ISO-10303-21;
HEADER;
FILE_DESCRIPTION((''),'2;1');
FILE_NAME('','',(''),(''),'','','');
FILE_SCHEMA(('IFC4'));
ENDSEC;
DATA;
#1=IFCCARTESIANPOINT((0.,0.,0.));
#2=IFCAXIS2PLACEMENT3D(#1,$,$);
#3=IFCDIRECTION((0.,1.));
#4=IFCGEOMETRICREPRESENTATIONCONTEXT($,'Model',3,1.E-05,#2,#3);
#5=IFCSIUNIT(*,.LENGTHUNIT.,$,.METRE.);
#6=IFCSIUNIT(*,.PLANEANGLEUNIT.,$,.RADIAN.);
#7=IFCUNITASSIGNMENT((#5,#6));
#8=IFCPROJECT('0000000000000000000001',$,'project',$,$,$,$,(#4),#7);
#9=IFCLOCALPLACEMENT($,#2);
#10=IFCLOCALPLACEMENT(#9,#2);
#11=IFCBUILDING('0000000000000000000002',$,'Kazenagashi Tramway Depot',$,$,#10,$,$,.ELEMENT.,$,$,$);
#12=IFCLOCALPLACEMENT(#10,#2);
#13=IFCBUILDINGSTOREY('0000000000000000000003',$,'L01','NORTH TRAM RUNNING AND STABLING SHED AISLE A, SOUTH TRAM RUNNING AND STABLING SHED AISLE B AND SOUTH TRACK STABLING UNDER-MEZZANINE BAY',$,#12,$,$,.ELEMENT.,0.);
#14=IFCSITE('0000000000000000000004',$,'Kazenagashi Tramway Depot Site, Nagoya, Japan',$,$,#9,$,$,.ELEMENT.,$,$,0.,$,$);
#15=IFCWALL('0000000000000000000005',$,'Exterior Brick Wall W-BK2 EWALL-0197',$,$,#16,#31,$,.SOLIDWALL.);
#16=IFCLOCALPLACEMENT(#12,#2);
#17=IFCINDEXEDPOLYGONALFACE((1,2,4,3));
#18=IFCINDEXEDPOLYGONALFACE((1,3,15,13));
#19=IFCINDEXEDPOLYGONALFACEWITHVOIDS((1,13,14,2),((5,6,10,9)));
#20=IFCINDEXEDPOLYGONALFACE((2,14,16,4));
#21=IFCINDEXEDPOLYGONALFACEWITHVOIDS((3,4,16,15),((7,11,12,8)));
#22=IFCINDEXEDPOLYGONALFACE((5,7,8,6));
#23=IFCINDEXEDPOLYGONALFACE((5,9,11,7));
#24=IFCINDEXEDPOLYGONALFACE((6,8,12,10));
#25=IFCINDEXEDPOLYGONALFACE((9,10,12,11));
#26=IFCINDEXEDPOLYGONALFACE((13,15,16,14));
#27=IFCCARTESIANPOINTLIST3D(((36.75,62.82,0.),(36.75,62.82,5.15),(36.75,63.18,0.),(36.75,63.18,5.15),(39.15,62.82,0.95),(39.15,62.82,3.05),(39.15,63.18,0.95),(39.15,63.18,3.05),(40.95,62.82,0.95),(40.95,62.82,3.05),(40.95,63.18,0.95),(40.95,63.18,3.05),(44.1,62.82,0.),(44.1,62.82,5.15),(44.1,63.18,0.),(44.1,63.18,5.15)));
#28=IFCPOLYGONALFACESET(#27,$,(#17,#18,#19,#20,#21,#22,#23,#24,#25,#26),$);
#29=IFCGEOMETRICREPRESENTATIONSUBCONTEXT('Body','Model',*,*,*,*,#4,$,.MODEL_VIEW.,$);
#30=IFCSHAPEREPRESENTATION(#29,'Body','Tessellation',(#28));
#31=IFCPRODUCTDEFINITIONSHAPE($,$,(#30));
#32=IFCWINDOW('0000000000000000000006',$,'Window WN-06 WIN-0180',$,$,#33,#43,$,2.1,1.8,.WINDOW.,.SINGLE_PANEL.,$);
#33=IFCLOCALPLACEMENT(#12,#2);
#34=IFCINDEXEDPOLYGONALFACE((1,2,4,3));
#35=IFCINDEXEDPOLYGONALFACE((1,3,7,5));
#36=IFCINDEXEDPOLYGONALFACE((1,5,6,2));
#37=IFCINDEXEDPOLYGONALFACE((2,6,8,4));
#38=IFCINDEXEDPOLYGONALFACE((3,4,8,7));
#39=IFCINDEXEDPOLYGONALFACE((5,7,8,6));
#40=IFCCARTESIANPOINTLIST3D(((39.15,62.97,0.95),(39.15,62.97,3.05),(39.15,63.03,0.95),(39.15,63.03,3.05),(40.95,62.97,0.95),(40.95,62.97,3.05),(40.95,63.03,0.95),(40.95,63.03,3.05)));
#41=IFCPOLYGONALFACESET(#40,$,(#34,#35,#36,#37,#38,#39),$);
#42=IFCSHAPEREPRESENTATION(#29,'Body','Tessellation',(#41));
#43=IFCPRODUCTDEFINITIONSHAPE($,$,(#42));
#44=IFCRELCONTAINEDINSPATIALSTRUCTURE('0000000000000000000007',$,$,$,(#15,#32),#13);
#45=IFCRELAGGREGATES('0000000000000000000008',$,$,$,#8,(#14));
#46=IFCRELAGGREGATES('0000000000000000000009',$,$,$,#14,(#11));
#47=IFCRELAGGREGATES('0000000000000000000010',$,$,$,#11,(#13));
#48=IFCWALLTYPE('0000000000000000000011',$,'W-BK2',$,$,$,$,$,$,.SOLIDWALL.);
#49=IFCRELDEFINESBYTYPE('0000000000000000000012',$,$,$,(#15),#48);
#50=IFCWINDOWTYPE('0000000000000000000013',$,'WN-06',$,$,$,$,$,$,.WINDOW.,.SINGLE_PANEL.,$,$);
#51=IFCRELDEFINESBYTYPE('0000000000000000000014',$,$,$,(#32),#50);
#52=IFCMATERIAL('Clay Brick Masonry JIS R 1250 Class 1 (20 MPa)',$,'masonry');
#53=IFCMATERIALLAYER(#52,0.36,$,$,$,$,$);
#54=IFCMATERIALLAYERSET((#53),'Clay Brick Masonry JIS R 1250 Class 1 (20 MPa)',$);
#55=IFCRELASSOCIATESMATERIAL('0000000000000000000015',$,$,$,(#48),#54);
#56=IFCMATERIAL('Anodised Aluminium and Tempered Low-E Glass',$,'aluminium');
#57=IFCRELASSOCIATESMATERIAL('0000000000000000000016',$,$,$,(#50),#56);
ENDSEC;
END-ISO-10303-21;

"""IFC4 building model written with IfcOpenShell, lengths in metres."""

from ifc_helpers import new_model, si_unit, direction, frame, frame_2d, origin, place, context, subcontext, project, spatial, rectangle, extrude, material, layer, layer_set, type_object, element, fill, save


model = new_model("IFC4")

# Units and contexts
model_context = context("Model", 3, precision=1e-05, world=origin(), true_north=direction((0.0, 1.0)))
body_context = subcontext(model_context, "Body", "Model", "MODEL_VIEW")
ifc_project = project(units=[si_unit("LENGTHUNIT", "METRE"), si_unit("PLANEANGLEUNIT", "RADIAN")], contexts=[model_context])

# Site, building, storey
site_placement = place(None, origin())
site = spatial("IfcSite", under=ifc_project, at=site_placement, Name="Kazenagashi Tramway Depot Site, Nagoya, Japan", CompositionType="ELEMENT", RefElevation=0.0)
building_placement = place(site_placement, origin())
building = spatial("IfcBuilding", under=site, at=building_placement, Name="Kazenagashi Tramway Depot", CompositionType="ELEMENT")
storey_placement = place(building_placement, origin())
storey = spatial("IfcBuildingStorey", under=building, at=storey_placement, Name="L01", Description="NORTH TRAM RUNNING AND STABLING SHED AISLE A, SOUTH TRAM RUNNING AND STABLING SHED AISLE B AND SOUTH TRACK STABLING UNDER-MEZZANINE BAY", CompositionType="ELEMENT", Elevation=0.0)

# Shared definitions
ifc_material_1 = material(Name="Clay Brick Masonry JIS R 1250 Class 1 (20 MPa)", Category="masonry")
ifc_layer_1 = layer(ifc_material_1, 0.36)
ifc_layer_set_1 = layer_set([ifc_layer_1], Name="Clay Brick Masonry JIS R 1250 Class 1 (20 MPa)")
wall_type = type_object("IfcWallType", Name="W-BK2", PredefinedType="SOLIDWALL", material=ifc_layer_set_1)

# Wall, opening, window
wall_1_placement = place(storey_placement, frame((36.75, 63.0, 0.0), z_axis=(0.0, 0.0, 1.0), x_axis=(1.0, 0.0, 0.0)))
wall_1 = element("IfcWall", 1, at=wall_1_placement, inside=storey, type_object=wall_type, Name="Exterior Brick Wall W-BK2 EWALL-0197", PredefinedType="SOLIDWALL", context=body_context, shape_type="SweptSolid", body=[
    extrude(rectangle(XDim=7.35, YDim=0.36, at=frame_2d((3.675, 0.0))), origin(), (0.0, 0.0, 1.0), 5.15),
])
opening_1_placement = place(wall_1_placement, frame((2.4, 0.0, 0.95)))
opening_1 = element("IfcOpeningElement", 2, at=opening_1_placement, cuts=wall_1, PredefinedType="OPENING", context=body_context, shape_type="SweptSolid", body=[
    extrude(rectangle(XDim=1.8, YDim=2.1, at=frame_2d((0.9, 1.05))), frame((0.0, 0.19, 0.0), z_axis=(0.0, -1.0, 0.0), x_axis=(1.0, 0.0, 0.0)), (0.0, 0.0, 1.0), 0.38),
])
ifc_material_2 = material(Name="Anodised Aluminium and Tempered Low-E Glass", Category="aluminium")
window_type = type_object("IfcWindowType", Name="WN-06", PartitioningType="SINGLE_PANEL", PredefinedType="WINDOW", material=ifc_material_2)
window_placement = place(opening_1_placement, origin())
window = element("IfcWindow", 3, at=window_placement, inside=storey, type_object=window_type, Name="Window WN-06 WIN-0180", OverallHeight=2.1, OverallWidth=1.8, PartitioningType="SINGLE_PANEL", PredefinedType="WINDOW", context=body_context, shape_type="SweptSolid", body=[
    extrude(rectangle(XDim=1.8, YDim=2.1, at=frame_2d((0.9, 1.05))), frame((0.0, 0.03, 0.0), z_axis=(0.0, -1.0, 0.0), x_axis=(1.0, 0.0, 0.0)), (0.0, 0.0, 1.0), 0.06),
])
fill(opening_1, window)

save(model, "model.ifc")
